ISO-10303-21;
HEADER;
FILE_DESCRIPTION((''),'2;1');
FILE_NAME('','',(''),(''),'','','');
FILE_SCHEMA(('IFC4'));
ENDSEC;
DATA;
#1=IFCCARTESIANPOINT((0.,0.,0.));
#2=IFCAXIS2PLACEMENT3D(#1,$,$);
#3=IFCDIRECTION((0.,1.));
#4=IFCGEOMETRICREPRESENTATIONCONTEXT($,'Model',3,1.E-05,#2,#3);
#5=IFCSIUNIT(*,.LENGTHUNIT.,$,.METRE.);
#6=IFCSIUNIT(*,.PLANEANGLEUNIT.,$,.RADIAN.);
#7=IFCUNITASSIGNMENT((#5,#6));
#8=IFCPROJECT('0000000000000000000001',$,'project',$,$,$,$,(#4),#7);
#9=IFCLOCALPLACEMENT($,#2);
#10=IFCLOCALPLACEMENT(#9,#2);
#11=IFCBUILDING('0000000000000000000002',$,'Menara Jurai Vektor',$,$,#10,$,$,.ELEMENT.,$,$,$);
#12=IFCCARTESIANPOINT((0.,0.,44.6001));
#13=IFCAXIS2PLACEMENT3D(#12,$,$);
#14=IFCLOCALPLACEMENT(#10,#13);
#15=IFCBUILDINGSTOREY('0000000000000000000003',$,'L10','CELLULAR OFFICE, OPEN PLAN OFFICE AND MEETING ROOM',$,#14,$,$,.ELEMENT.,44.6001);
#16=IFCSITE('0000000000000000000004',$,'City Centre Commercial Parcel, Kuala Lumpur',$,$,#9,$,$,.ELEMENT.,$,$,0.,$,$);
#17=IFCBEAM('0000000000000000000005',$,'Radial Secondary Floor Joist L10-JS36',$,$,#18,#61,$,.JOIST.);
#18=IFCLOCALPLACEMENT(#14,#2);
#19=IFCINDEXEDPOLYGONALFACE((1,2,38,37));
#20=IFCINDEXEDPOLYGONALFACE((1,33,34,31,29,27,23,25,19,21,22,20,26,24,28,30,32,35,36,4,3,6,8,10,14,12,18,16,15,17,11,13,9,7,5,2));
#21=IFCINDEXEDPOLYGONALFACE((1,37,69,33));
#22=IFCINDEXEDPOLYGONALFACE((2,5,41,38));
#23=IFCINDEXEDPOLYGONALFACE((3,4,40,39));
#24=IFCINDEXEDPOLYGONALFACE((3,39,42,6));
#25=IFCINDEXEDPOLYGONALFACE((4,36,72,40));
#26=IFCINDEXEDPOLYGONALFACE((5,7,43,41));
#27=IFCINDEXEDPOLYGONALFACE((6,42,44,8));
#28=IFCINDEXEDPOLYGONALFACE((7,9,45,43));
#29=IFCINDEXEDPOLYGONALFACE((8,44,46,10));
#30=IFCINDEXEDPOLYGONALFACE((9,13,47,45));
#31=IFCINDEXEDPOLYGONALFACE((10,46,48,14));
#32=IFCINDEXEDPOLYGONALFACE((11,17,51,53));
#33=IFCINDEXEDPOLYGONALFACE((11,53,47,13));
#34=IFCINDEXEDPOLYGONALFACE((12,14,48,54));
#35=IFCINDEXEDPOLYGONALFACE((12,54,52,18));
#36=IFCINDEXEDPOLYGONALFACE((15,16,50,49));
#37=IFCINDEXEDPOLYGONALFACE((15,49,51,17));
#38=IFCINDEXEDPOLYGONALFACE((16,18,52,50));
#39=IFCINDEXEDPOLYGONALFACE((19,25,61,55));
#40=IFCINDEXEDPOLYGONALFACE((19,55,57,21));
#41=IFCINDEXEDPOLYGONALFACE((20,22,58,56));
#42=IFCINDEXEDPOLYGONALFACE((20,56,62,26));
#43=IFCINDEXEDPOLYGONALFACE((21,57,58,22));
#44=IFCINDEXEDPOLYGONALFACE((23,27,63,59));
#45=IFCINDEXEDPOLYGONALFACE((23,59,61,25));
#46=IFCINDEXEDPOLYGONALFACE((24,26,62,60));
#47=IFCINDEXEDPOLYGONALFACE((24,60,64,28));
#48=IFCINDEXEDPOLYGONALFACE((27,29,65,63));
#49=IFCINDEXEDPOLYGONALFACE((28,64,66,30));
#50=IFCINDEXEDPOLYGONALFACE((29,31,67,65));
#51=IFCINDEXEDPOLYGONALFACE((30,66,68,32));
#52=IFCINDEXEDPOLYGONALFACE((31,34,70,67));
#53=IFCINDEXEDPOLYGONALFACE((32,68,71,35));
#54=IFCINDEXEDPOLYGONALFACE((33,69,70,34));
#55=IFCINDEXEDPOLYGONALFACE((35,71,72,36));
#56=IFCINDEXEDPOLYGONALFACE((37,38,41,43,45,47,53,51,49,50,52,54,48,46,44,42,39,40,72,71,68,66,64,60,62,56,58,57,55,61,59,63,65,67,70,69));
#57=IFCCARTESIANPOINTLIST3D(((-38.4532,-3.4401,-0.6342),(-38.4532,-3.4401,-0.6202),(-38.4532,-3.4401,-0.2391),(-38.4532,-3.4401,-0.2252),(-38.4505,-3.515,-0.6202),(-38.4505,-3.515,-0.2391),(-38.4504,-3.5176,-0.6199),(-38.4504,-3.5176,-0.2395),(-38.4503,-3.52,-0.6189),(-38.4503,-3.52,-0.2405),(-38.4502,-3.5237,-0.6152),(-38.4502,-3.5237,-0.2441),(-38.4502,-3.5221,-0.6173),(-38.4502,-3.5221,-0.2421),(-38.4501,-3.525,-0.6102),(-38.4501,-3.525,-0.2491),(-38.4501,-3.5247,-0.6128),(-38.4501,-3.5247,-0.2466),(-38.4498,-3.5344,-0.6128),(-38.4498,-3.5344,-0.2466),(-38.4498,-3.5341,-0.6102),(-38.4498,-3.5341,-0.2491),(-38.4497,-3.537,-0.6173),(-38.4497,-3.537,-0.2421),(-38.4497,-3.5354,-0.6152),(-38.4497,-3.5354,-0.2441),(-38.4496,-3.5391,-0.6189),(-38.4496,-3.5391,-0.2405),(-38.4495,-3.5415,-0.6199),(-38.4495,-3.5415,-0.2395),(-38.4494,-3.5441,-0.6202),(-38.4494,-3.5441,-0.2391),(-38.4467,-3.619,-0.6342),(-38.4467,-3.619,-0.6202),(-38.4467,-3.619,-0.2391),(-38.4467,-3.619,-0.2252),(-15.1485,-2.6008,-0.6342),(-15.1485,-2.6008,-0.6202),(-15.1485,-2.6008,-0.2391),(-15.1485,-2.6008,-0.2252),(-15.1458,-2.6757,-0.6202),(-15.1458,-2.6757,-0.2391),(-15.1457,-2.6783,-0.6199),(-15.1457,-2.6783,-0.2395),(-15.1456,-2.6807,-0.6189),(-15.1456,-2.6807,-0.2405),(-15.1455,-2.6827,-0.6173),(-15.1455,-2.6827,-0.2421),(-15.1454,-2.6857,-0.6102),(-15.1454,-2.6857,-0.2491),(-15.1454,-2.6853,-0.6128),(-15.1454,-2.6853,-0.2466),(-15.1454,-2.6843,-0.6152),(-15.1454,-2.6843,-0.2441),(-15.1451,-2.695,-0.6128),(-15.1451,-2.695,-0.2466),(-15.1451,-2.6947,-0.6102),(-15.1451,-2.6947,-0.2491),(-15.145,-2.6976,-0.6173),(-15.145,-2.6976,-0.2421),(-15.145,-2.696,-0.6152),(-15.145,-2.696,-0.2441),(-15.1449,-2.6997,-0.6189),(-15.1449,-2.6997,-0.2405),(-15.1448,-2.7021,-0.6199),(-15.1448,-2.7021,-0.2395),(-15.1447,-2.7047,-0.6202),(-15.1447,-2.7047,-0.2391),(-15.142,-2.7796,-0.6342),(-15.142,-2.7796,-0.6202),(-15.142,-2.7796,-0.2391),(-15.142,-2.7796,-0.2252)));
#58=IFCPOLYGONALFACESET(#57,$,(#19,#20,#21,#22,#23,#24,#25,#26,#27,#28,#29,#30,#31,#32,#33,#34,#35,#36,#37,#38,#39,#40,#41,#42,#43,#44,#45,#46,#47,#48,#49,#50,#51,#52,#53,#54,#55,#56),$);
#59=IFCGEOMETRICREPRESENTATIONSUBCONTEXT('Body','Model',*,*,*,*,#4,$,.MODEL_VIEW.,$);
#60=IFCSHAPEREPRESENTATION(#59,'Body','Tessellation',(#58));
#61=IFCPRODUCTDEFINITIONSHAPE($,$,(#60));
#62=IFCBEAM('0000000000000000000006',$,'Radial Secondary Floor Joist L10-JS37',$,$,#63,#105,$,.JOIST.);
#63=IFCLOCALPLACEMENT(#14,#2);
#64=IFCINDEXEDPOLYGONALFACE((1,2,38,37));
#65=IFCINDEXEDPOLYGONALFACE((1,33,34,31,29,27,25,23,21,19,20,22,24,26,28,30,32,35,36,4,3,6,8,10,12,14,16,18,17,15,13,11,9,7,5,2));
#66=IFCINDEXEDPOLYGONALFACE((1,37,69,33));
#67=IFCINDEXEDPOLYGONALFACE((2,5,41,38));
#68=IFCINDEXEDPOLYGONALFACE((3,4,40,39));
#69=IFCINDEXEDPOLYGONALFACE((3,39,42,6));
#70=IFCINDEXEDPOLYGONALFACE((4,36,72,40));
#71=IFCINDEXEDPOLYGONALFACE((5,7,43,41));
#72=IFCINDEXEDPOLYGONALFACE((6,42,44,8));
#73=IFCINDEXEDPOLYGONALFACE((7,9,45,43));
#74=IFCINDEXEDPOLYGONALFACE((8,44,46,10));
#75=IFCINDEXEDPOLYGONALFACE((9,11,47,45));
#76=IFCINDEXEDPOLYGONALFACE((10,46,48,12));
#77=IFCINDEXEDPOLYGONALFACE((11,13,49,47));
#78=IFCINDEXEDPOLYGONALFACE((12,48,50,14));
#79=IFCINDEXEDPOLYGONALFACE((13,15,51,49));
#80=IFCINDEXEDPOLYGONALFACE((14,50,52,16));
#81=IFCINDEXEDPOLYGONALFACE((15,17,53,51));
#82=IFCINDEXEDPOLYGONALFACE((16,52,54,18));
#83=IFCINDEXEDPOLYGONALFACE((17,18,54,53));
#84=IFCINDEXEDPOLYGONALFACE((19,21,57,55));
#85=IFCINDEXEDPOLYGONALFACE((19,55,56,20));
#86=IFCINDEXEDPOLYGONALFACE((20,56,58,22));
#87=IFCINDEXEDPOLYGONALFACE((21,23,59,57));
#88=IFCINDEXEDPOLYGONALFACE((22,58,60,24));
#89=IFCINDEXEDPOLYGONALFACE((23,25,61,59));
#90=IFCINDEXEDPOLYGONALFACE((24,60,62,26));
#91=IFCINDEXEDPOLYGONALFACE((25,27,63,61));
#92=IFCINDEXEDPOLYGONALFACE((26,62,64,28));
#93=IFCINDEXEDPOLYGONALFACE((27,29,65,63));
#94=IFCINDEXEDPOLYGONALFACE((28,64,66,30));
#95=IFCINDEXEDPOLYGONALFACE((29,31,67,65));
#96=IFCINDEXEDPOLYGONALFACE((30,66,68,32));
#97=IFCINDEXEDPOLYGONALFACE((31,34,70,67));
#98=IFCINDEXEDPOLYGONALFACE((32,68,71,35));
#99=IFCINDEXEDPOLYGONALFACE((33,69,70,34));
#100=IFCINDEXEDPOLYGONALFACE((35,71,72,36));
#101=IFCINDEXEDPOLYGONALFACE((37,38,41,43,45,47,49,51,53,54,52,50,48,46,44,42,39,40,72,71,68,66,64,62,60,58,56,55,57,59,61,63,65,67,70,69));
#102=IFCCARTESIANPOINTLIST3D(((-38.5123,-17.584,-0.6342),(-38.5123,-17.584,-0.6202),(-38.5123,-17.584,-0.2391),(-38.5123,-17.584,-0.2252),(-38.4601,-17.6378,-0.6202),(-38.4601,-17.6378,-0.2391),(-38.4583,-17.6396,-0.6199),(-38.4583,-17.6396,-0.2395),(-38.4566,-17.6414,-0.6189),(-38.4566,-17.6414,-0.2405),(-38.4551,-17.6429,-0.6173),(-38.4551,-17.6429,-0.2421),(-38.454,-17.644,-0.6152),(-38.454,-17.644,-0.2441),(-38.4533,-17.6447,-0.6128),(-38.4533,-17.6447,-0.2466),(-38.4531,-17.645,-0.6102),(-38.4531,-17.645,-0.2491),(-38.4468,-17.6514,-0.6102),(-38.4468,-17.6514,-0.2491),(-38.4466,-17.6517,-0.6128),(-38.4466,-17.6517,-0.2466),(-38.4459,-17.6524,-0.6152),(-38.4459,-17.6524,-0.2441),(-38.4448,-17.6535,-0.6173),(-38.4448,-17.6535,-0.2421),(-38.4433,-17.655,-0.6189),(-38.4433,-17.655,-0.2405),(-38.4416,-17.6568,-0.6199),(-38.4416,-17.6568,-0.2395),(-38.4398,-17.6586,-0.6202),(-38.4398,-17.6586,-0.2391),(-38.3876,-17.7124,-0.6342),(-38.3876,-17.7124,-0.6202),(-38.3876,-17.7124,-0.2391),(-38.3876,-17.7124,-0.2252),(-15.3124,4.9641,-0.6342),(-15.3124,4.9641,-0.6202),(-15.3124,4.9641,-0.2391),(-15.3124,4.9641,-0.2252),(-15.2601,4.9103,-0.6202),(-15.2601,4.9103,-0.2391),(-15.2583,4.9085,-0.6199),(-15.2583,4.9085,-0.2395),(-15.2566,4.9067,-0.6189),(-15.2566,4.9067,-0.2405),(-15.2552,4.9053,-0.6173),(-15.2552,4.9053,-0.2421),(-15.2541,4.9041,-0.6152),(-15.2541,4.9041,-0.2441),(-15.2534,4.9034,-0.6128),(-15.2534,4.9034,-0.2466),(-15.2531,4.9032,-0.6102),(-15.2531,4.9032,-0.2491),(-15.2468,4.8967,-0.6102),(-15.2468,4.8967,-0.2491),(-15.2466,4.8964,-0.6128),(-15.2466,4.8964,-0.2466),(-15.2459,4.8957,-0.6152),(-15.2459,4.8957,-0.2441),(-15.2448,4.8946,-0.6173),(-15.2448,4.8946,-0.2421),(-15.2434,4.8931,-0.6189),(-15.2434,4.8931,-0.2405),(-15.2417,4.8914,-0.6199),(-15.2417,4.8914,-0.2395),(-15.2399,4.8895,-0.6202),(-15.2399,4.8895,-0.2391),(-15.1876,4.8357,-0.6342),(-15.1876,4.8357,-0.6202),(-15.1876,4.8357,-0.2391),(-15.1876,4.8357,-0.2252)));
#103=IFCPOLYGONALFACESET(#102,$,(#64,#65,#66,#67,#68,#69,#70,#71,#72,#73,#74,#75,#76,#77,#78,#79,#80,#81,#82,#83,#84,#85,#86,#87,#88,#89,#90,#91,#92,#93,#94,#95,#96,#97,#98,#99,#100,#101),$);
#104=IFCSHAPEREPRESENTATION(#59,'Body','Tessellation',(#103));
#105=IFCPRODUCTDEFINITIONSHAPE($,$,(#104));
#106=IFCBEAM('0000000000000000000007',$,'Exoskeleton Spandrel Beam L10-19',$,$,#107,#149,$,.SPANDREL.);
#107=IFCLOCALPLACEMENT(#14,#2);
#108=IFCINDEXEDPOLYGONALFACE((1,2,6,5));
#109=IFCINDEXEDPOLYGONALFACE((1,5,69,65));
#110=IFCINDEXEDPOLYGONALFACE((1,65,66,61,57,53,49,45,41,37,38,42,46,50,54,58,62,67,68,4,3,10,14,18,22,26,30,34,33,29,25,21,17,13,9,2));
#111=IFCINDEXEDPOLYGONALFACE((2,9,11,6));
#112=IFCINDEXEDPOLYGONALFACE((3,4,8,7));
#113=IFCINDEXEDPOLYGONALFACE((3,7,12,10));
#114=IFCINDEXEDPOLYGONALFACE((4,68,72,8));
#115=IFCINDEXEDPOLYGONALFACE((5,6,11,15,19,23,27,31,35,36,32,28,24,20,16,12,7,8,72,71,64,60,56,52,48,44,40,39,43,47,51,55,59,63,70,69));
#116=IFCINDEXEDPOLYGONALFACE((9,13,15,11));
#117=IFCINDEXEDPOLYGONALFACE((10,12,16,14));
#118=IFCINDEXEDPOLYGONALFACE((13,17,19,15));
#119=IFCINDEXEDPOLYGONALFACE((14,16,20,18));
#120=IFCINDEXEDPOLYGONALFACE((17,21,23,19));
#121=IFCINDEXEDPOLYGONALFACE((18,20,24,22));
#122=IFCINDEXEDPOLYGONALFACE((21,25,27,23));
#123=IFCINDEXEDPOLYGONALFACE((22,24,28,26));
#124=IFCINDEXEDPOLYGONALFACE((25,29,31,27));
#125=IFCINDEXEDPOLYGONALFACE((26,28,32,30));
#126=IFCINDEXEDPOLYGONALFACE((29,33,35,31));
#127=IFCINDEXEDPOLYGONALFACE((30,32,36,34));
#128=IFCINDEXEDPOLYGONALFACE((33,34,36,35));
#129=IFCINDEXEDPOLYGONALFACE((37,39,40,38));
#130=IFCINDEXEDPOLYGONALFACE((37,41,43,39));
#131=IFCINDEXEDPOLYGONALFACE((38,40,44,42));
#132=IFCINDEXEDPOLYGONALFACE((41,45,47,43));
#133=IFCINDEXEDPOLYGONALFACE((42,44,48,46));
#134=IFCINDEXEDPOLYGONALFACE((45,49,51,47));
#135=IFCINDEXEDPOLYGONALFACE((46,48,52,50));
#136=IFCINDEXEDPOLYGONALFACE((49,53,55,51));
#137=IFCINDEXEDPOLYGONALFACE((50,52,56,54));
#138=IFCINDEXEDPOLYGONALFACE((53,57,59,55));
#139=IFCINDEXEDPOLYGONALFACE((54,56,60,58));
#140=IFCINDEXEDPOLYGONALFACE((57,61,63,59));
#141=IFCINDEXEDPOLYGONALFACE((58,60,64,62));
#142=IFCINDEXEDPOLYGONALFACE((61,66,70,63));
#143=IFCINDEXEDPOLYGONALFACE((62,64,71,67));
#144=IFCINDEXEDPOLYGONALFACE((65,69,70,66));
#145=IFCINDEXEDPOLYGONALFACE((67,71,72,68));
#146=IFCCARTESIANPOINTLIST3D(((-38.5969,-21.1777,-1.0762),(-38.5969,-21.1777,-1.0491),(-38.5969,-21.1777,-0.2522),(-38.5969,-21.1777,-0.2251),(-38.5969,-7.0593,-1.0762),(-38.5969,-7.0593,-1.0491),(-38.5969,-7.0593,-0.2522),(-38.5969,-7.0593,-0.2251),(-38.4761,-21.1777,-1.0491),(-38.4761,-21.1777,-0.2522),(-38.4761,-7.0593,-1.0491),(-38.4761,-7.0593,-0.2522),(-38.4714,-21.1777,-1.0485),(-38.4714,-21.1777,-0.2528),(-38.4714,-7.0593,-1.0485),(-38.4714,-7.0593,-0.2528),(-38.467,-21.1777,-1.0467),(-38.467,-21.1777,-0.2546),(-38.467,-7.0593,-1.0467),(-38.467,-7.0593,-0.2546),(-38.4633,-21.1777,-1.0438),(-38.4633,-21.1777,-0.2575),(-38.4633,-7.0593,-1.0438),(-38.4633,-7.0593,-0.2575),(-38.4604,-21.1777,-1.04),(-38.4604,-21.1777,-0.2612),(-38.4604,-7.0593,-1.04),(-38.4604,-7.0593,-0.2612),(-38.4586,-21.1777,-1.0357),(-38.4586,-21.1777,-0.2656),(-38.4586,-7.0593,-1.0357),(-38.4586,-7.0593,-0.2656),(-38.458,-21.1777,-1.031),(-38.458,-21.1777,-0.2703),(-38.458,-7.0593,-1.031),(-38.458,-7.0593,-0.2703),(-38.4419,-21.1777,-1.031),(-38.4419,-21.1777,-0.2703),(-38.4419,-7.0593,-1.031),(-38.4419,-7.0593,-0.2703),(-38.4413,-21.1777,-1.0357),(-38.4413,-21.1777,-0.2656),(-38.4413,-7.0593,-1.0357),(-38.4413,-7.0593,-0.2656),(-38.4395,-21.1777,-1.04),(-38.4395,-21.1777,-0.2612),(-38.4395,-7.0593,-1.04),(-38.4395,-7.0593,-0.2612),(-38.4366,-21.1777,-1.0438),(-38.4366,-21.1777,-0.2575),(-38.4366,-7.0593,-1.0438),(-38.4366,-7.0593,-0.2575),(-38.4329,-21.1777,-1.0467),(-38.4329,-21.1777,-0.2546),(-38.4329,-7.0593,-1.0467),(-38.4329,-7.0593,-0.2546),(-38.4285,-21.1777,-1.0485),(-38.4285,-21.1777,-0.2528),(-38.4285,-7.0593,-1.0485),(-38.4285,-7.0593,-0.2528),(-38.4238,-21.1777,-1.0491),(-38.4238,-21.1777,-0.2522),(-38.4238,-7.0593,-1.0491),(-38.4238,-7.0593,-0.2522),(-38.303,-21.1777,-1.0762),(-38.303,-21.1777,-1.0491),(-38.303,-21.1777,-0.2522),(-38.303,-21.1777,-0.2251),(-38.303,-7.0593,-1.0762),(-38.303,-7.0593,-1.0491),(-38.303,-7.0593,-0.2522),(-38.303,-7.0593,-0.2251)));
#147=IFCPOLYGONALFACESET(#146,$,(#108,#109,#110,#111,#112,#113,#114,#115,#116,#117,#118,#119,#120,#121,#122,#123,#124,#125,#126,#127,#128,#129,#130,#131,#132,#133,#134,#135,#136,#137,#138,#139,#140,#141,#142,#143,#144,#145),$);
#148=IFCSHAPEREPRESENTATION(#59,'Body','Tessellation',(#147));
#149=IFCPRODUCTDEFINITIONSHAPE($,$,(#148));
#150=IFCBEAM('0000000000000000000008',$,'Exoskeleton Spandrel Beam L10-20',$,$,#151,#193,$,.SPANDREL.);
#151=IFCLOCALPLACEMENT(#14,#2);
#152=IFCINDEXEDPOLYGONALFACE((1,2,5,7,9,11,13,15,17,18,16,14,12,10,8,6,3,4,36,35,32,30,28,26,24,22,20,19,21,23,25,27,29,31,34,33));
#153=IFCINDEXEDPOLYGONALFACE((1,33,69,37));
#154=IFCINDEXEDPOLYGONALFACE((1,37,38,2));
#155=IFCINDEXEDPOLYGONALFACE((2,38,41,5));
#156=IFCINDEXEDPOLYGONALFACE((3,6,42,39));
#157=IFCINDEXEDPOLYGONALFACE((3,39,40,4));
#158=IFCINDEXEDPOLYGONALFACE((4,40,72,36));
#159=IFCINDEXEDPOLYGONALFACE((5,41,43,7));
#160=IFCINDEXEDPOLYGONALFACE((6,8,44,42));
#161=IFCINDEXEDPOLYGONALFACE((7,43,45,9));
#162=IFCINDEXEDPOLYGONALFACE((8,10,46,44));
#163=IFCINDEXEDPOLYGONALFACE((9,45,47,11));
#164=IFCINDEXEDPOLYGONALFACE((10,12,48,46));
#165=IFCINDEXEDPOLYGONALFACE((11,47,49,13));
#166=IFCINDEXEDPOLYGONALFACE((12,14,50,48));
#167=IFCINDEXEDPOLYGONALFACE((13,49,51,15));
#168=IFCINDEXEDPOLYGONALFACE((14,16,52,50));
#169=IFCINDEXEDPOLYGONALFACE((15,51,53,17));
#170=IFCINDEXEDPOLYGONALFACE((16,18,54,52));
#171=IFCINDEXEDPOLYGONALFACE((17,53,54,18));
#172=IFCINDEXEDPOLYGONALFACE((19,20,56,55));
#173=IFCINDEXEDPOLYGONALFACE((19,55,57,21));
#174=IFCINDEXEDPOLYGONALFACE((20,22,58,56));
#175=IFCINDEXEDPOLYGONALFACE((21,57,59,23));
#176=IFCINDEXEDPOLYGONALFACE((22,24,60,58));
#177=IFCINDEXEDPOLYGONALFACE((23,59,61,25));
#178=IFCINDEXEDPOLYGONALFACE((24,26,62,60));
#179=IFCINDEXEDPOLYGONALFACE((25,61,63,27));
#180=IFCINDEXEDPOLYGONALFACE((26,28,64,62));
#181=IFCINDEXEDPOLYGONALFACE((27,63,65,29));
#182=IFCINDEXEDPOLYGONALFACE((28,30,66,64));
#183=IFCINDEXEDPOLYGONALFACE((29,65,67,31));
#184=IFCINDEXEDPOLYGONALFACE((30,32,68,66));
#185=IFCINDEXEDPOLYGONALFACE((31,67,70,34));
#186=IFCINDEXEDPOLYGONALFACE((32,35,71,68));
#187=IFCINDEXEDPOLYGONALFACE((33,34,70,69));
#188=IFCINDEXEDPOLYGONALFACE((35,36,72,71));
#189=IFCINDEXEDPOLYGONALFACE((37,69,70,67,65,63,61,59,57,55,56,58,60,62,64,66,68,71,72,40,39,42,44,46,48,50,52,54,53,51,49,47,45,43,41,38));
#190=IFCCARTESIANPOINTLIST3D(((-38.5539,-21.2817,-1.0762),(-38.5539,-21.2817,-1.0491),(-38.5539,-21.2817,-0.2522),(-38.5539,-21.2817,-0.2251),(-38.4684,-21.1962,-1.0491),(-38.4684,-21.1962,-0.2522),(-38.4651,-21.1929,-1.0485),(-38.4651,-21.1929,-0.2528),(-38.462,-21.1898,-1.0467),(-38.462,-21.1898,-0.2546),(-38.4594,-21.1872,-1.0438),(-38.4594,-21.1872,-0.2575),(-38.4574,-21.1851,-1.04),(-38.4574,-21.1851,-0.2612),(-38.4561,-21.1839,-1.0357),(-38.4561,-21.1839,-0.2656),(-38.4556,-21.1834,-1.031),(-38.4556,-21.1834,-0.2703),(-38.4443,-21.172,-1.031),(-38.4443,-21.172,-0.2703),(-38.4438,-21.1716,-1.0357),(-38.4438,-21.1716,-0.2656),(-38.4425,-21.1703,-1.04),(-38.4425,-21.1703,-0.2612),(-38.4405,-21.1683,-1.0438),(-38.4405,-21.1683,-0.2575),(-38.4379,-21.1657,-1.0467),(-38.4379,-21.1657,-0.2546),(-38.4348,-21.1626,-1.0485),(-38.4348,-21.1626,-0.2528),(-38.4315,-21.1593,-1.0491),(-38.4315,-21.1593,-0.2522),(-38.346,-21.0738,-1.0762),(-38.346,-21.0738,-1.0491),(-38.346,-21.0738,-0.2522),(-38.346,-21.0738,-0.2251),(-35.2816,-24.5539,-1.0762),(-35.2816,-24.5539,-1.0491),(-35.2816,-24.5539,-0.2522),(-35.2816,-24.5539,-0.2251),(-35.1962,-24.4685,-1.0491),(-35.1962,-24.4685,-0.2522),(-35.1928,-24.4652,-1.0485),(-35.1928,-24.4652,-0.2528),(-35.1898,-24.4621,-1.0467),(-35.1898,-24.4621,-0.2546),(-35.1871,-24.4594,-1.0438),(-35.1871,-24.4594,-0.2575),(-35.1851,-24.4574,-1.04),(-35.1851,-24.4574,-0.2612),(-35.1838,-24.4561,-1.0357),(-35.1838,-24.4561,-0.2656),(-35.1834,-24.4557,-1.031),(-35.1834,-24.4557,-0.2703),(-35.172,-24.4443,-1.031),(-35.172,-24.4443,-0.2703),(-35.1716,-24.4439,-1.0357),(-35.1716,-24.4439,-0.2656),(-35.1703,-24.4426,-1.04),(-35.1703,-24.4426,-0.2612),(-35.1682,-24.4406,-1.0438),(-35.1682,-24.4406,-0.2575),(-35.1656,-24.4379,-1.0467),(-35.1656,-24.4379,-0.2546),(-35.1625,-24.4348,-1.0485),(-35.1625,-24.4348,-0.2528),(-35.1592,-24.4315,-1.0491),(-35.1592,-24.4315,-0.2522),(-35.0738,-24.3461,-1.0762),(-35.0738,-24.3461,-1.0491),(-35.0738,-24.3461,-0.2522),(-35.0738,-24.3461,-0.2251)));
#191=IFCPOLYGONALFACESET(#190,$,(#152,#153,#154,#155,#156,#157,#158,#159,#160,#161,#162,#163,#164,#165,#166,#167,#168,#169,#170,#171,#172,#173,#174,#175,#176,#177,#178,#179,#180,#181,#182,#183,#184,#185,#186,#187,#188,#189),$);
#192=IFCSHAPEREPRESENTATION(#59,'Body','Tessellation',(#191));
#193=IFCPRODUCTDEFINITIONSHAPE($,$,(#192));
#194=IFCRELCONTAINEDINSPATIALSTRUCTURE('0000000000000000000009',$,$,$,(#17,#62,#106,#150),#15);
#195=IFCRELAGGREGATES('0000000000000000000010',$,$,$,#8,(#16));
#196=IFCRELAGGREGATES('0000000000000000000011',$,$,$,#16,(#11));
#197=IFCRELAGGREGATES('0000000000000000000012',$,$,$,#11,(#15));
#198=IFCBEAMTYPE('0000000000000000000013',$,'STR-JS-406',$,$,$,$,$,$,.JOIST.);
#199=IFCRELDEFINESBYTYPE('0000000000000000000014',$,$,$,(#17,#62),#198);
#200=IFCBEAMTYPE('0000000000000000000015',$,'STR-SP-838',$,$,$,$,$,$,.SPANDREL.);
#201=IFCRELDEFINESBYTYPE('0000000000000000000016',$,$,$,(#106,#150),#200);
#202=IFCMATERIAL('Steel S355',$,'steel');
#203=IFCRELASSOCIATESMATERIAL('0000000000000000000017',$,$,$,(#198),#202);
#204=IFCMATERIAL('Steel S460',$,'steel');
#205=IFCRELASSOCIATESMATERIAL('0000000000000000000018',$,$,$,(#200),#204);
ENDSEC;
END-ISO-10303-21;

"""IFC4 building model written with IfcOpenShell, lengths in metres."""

from ifc_helpers import new_model, si_unit, direction, frame, origin, origin_2d, place, context, subcontext, project, spatial, i_section, extrude, material, material_profile, profile_set, type_object, element, save


model = new_model("IFC4")

# Units and contexts
model_context = context("Model", 3, precision=1e-05, world=origin(), true_north=direction((0.0, 1.0)))
body_context = subcontext(model_context, "Body", "Model", "MODEL_VIEW")
ifc_project = project(units=[si_unit("LENGTHUNIT", "METRE"), si_unit("PLANEANGLEUNIT", "RADIAN")], contexts=[model_context])

# Site, building, storey
site_placement = place(None, origin())
site = spatial("IfcSite", under=ifc_project, at=site_placement, Name="City Centre Commercial Parcel, Kuala Lumpur", CompositionType="ELEMENT", RefElevation=0.0)
building_placement = place(site_placement, origin())
building = spatial("IfcBuilding", under=site, at=building_placement, Name="Menara Jurai Vektor", CompositionType="ELEMENT")
storey_placement = place(building_placement, frame((0.0, 0.0, 44.6001)))
storey = spatial("IfcBuildingStorey", under=building, at=storey_placement, Name="L10", Description="CELLULAR OFFICE, OPEN PLAN OFFICE AND MEETING ROOM", CompositionType="ELEMENT", Elevation=44.6001)

# Shared definitions
ifc_material_1 = material(Name="Steel S460", Category="steel")

# Shared definitions
ifc_material_2 = material(Name="Steel S355", Category="steel")

# Beams
ifc_material_profile_1 = material_profile(ifc_material_2, i_section(OverallWidth=0.179, OverallDepth=0.4089, WebThickness=0.009, FlangeThickness=0.0139, FilletRadius=0.01, at=origin_2d()), Name="UKB 406x178x67")
ifc_profile_set_1 = profile_set([ifc_material_profile_1], Name="Steel S355")
beam_type_1 = type_object("IfcBeamType", Name="STR-JS-406", PredefinedType="JOIST", material=ifc_profile_set_1)
beam_1_placement = place(storey_placement, frame((-38.45, -3.5295, -0.4297), z_axis=(0.999352, 0.035993, 0.0), x_axis=(-0.035993, 0.999352, 0.0)))
element("IfcBeam", 1, at=beam_1_placement, inside=storey, type_object=beam_type_1, Name="Radial Secondary Floor Joist L10-JS36", PredefinedType="JOIST", context=body_context, shape_type="SweptSolid", body=[
    extrude(i_section(OverallWidth=0.179, OverallDepth=0.4089, WebThickness=0.009, FlangeThickness=0.0139, FilletRadius=0.01, at=origin_2d()), origin(), (0.0, 0.0, 1.0), 23.3198),
])
beam_2_placement = place(storey_placement, frame((-38.45, -17.6482, -0.4297), z_axis=(0.717109, 0.696961, 0.0), x_axis=(-0.696961, 0.717109, 0.0)))
element("IfcBeam", 2, at=beam_2_placement, inside=storey, type_object=beam_type_1, Name="Radial Secondary Floor Joist L10-JS37", PredefinedType="JOIST", context=body_context, shape_type="SweptSolid", body=[
    extrude(i_section(OverallWidth=0.179, OverallDepth=0.4089, WebThickness=0.009, FlangeThickness=0.0139, FilletRadius=0.01, at=origin_2d()), origin(), (0.0, 0.0, 1.0), 32.3521),
])
ifc_material_profile_2 = material_profile(ifc_material_1, i_section(OverallWidth=0.2939, OverallDepth=0.8511, WebThickness=0.0161, FlangeThickness=0.0271, FilletRadius=0.0181, at=origin_2d()), Name="UKB 838x292x226")
ifc_profile_set_2 = profile_set([ifc_material_profile_2], Name="Steel S460")
beam_type_2 = type_object("IfcBeamType", Name="STR-SP-838", PredefinedType="SPANDREL", material=ifc_profile_set_2)
beam_3_placement = place(storey_placement, frame((-38.45, -7.0593, -0.6506), z_axis=(0.0, -1.0, 0.0), x_axis=(1.0, 0.0, 0.0)))
element("IfcBeam", 3, at=beam_3_placement, inside=storey, type_object=beam_type_2, Name="Exoskeleton Spandrel Beam L10-19", PredefinedType="SPANDREL", context=body_context, shape_type="SweptSolid", body=[
    extrude(i_section(OverallWidth=0.2939, OverallDepth=0.8511, WebThickness=0.0161, FlangeThickness=0.0271, FilletRadius=0.0181, at=origin_2d()), origin(), (0.0, 0.0, 1.0), 14.1184),
])
beam_4_placement = place(storey_placement, frame((-38.45, -21.1777, -0.6506), z_axis=(0.707107, -0.707107, 0.0), x_axis=(0.707107, 0.707107, 0.0)))
element("IfcBeam", 4, at=beam_4_placement, inside=storey, type_object=beam_type_2, Name="Exoskeleton Spandrel Beam L10-20", PredefinedType="SPANDREL", context=body_context, shape_type="SweptSolid", body=[
    extrude(i_section(OverallWidth=0.2939, OverallDepth=0.8511, WebThickness=0.0161, FlangeThickness=0.0271, FilletRadius=0.0181, at=origin_2d()), origin(), (0.0, 0.0, 1.0), 4.6277),
])

save(model, "model.ifc")
